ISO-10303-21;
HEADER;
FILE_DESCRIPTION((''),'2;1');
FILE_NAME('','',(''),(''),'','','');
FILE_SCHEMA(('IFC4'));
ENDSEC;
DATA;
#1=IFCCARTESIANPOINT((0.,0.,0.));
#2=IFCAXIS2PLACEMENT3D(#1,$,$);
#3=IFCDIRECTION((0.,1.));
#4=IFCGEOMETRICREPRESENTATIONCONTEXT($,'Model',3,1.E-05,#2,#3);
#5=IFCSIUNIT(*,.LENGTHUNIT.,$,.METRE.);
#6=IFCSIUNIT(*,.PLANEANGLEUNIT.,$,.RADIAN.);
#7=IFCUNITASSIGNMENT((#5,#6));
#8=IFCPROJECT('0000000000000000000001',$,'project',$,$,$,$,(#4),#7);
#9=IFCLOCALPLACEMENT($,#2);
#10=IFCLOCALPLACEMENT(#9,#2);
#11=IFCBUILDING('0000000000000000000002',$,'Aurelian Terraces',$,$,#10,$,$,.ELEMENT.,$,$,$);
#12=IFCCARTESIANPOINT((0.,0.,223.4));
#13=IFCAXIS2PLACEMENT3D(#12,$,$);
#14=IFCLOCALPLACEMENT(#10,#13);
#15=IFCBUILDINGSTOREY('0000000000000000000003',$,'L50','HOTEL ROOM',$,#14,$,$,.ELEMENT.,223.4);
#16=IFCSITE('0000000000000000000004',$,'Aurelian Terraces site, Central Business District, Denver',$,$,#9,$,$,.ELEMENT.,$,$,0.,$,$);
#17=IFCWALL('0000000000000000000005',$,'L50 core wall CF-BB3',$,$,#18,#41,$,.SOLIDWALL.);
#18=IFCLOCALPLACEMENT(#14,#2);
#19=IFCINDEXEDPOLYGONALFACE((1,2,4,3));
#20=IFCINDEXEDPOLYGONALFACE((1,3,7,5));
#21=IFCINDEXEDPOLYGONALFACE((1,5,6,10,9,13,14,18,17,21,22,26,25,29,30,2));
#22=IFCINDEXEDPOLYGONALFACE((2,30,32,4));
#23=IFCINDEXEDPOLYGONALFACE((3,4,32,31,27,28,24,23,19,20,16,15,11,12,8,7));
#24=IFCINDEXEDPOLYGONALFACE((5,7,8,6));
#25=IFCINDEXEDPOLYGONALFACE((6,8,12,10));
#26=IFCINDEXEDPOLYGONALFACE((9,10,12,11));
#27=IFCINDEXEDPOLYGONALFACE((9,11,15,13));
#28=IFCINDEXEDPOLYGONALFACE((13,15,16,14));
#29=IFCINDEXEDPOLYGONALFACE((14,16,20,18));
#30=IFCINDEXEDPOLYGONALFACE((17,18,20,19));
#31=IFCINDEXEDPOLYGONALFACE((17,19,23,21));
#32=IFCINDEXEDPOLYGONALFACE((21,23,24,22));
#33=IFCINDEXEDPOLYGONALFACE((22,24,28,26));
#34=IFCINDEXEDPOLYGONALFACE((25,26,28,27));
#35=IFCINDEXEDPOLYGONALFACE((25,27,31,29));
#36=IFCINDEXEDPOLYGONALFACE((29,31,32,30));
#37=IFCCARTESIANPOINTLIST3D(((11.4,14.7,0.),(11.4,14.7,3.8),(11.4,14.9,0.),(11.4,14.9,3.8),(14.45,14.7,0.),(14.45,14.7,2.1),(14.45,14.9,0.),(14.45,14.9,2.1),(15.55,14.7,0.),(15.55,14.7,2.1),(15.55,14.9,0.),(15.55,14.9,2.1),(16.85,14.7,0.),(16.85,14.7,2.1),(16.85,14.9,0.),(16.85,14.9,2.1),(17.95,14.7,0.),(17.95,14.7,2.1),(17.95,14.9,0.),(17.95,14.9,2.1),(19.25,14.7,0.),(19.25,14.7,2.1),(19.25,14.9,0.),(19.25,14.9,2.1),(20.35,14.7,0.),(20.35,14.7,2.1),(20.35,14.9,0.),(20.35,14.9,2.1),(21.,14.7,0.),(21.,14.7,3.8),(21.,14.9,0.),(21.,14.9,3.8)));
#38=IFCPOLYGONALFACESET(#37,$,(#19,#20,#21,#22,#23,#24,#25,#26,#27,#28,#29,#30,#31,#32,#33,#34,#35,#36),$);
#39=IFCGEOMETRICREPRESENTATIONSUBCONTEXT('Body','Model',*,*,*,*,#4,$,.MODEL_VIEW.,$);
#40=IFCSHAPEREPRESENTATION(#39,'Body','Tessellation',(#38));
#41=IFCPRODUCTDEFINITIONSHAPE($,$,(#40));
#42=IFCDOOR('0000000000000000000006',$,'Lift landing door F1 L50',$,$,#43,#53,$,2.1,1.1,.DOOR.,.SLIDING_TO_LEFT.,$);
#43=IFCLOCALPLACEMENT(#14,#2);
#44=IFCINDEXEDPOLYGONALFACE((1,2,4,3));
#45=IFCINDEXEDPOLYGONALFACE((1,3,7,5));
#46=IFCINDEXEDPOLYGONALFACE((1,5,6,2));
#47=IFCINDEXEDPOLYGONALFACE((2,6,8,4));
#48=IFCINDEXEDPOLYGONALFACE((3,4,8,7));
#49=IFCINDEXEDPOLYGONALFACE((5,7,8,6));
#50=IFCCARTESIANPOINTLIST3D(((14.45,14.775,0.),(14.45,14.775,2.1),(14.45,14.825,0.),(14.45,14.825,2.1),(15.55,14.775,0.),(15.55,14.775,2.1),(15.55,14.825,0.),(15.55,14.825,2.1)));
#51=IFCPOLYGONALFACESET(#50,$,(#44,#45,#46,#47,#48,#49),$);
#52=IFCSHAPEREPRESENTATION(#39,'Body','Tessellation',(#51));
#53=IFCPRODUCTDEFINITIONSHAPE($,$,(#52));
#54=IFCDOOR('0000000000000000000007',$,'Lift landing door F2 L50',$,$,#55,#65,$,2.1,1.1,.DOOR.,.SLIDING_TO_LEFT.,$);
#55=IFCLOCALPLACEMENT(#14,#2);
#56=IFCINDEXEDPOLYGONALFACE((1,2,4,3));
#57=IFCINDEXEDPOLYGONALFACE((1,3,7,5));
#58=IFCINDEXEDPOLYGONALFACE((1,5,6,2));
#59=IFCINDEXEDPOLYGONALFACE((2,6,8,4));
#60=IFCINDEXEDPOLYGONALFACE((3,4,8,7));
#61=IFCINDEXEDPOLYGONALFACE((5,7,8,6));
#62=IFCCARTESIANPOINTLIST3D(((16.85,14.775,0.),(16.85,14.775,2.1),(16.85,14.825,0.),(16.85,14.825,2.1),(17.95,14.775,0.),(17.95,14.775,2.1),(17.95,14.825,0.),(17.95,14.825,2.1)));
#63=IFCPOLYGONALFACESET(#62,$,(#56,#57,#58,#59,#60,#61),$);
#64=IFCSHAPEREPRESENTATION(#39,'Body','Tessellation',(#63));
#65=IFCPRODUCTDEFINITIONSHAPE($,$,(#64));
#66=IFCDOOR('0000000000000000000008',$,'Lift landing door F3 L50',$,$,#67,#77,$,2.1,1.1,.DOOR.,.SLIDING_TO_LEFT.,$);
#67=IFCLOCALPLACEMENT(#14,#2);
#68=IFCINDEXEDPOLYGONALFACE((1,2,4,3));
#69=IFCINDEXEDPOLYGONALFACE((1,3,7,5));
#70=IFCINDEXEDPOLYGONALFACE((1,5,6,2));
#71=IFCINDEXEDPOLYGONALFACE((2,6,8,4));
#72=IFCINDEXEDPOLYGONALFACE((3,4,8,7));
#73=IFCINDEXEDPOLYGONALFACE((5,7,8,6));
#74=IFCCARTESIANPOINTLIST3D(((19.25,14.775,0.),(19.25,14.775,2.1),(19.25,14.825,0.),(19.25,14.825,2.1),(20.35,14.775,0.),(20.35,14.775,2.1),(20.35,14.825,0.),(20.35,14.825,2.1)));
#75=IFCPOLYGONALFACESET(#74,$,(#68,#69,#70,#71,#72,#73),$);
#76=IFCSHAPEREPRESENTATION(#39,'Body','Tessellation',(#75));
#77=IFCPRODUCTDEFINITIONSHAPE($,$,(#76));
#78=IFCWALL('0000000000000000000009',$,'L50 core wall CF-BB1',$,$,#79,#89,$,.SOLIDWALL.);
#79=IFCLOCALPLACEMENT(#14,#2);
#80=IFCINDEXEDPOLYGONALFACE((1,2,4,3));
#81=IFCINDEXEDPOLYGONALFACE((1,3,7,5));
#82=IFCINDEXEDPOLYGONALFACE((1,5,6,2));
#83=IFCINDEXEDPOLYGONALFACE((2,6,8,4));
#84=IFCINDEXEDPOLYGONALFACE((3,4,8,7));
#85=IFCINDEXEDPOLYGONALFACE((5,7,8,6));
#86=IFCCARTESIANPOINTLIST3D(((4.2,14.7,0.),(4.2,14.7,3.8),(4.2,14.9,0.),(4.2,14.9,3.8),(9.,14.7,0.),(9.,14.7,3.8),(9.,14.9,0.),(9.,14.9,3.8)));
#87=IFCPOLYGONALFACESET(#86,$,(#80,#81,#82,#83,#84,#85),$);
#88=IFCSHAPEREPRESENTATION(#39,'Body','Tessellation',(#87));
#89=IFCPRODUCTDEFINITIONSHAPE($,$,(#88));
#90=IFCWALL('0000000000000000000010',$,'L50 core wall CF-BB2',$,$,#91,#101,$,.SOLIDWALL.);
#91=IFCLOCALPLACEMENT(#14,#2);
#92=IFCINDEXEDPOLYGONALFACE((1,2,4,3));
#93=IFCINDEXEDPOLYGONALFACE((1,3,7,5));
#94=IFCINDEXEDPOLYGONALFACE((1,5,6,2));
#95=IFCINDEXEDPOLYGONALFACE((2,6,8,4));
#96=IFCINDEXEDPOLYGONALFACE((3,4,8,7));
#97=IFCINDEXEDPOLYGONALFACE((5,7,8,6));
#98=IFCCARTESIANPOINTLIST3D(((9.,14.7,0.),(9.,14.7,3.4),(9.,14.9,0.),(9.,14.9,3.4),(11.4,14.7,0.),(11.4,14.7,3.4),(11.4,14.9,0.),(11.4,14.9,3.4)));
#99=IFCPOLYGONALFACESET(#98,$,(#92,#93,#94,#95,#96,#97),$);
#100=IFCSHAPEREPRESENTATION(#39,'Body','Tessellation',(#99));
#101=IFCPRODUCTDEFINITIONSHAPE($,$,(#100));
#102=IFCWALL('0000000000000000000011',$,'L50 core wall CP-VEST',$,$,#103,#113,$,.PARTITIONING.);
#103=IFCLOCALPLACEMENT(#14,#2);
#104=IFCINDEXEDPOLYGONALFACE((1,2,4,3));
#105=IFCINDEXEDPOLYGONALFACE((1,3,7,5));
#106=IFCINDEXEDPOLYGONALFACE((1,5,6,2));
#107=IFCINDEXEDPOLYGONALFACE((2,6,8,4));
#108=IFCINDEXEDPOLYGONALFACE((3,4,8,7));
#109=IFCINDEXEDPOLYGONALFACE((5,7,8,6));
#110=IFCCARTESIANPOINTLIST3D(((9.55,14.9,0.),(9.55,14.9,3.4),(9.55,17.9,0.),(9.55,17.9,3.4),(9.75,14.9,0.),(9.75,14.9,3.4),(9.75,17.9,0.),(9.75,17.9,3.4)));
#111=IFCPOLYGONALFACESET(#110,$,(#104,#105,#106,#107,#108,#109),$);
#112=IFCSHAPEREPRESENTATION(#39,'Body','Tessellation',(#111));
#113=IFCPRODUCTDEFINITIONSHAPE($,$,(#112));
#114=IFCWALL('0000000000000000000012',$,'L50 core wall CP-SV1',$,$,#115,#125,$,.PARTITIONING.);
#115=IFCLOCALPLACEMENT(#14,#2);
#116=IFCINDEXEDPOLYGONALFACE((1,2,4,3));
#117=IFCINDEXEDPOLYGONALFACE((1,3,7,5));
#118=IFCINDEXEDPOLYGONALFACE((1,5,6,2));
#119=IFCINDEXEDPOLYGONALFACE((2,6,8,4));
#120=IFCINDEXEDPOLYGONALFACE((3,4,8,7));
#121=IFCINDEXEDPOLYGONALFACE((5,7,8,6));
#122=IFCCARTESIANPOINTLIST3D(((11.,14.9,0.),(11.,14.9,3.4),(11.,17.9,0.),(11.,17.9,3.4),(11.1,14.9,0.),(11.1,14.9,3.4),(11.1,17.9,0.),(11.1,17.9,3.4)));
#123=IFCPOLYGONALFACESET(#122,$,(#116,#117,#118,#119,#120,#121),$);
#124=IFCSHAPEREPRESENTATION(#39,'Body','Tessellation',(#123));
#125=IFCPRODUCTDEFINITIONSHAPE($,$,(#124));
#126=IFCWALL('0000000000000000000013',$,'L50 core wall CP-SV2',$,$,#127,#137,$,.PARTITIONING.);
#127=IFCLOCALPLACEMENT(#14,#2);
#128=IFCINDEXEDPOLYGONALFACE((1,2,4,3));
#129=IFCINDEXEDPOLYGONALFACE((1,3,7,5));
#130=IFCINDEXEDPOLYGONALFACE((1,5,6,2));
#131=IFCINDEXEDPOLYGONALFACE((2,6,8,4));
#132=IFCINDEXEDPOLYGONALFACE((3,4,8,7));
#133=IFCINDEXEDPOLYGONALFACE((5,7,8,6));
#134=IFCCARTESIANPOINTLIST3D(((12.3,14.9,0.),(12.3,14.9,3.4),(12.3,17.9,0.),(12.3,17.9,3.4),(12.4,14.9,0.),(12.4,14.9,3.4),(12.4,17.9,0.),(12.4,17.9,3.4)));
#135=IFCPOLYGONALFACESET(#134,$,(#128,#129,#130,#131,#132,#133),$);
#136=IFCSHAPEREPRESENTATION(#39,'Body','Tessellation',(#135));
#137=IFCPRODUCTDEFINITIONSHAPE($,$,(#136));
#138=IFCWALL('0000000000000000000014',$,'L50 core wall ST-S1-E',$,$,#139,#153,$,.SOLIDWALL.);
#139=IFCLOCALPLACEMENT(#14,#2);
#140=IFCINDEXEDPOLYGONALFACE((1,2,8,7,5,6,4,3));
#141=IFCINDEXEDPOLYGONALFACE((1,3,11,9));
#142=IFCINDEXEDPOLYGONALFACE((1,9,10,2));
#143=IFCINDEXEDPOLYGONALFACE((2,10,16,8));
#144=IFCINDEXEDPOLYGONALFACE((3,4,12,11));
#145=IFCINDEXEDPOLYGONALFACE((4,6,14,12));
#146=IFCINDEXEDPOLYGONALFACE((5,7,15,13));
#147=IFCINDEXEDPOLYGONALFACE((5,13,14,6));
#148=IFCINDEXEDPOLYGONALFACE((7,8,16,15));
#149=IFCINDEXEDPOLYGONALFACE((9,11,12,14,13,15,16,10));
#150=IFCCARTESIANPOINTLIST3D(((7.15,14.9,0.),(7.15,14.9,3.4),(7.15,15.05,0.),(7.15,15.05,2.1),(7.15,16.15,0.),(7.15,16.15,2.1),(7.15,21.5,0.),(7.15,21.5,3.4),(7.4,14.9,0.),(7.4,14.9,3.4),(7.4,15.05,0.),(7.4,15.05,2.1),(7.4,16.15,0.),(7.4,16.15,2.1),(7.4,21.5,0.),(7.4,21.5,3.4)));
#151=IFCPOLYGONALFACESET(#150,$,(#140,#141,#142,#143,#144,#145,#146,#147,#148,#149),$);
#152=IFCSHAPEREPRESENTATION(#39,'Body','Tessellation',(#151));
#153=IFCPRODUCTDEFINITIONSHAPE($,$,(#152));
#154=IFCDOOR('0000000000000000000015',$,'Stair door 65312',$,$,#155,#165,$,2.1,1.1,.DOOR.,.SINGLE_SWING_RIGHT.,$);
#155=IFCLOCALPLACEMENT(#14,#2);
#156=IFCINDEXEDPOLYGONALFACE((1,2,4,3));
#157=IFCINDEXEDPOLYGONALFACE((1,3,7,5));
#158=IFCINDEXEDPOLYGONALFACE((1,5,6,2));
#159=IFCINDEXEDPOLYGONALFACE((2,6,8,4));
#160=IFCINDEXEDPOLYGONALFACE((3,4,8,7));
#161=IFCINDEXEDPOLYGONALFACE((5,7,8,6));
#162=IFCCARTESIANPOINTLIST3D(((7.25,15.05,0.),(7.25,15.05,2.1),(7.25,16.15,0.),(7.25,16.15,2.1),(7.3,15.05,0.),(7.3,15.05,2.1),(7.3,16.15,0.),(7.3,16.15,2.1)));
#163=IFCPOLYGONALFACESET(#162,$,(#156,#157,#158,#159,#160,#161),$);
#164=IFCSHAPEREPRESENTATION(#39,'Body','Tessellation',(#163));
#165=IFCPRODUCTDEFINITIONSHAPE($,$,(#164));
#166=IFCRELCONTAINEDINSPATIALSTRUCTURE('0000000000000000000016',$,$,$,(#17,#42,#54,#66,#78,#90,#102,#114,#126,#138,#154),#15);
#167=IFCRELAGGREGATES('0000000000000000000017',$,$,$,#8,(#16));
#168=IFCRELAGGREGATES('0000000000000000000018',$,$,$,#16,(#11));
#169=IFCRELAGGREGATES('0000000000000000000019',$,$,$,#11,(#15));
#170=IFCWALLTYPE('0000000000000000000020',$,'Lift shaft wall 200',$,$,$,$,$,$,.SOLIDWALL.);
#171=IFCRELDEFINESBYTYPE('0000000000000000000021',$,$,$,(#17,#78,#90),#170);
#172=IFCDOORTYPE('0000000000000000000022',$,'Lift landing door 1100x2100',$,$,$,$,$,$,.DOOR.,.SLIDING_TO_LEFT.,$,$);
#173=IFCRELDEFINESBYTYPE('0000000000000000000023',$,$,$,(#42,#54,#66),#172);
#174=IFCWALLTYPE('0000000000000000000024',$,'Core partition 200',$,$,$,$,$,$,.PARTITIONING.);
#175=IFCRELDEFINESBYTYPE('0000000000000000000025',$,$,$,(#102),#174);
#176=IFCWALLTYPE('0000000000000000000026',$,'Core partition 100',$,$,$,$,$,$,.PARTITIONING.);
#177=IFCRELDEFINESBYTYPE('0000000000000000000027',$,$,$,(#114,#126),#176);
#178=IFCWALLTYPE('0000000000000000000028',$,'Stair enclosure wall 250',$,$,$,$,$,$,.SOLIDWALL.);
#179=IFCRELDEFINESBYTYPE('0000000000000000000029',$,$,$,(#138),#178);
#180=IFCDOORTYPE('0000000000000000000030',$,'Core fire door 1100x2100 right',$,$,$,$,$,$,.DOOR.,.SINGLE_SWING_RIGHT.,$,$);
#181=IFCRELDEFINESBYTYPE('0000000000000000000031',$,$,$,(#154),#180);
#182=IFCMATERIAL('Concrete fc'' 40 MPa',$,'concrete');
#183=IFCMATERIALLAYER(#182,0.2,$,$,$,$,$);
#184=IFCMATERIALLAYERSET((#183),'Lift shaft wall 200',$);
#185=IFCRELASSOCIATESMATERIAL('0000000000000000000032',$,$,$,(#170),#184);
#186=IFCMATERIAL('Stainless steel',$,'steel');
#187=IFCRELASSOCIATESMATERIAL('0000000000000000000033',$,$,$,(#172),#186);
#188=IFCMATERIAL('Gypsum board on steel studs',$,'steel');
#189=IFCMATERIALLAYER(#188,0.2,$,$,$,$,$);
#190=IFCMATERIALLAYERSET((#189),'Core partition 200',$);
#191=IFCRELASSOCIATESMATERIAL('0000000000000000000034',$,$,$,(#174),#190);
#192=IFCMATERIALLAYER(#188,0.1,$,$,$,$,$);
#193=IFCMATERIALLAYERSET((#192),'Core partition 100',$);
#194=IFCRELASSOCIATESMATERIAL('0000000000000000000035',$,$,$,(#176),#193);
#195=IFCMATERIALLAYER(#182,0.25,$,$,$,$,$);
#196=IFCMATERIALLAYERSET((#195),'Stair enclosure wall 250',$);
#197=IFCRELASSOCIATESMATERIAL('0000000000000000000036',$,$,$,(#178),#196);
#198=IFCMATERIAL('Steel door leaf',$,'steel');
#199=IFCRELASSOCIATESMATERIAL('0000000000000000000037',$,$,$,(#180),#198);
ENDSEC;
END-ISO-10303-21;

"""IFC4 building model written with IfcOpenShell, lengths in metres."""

from ifc_helpers import new_model, si_unit, direction, frame, frame_2d, origin, place, context, subcontext, project, spatial, rectangle, extrude, source, transform, mapped, material, layer, layer_set, type_object, element, fill, save


model = new_model("IFC4")

# Units and contexts
model_context = context("Model", 3, precision=1e-05, world=origin(), true_north=direction((0.0, 1.0)))
body_context = subcontext(model_context, "Body", "Model", "MODEL_VIEW")
ifc_project = project(units=[si_unit("LENGTHUNIT", "METRE"), si_unit("PLANEANGLEUNIT", "RADIAN")], contexts=[model_context])

# Site, building, storey
site_placement = place(None, origin())
site = spatial("IfcSite", under=ifc_project, at=site_placement, Name="Aurelian Terraces site, Central Business District, Denver", CompositionType="ELEMENT", RefElevation=0.0)
building_placement = place(site_placement, origin())
building = spatial("IfcBuilding", under=site, at=building_placement, Name="Aurelian Terraces", CompositionType="ELEMENT")
storey_placement = place(building_placement, frame((0.0, 0.0, 223.4)))
storey = spatial("IfcBuildingStorey", under=building, at=storey_placement, Name="L50", Description="HOTEL ROOM", CompositionType="ELEMENT", Elevation=223.4)

# Wall, openings, doors
ifc_material_1 = material(Name="Concrete fc' 40 MPa", Category="concrete")
ifc_layer_1 = layer(ifc_material_1, 0.2)
ifc_layer_set_1 = layer_set([ifc_layer_1], Name="Lift shaft wall 200")
wall_type_1 = type_object("IfcWallType", Name="Lift shaft wall 200", PredefinedType="SOLIDWALL", material=ifc_layer_set_1)
shared_shape_1 = source(origin(), body_context, "Body", "SweptSolid", [
    extrude(rectangle(XDim=9.6, YDim=0.2, at=frame_2d((4.8, 0.0))), origin(), (0.0, 0.0, 1.0), 3.8),
])
wall_1_placement = place(storey_placement, frame((11.4, 14.8, 0.0), z_axis=(0.0, 0.0, 1.0), x_axis=(1.0, 0.0, 0.0)))
wall_1 = element("IfcWall", 1, at=wall_1_placement, inside=storey, type_object=wall_type_1, Name="L50 core wall CF-BB3", PredefinedType="SOLIDWALL", context=body_context, shape_type="MappedRepresentation", body=[
    mapped(shared_shape_1, transform((0.0, 0.0, 0.0), scale=1.0)),
])
shared_shape_2 = source(origin(), body_context, "Body", "SweptSolid", [
    extrude(rectangle(XDim=1.1, YDim=2.1, at=frame_2d((0.55, 1.05))), frame((0.0, 0.11, 0.0), z_axis=(0.0, -1.0, 0.0), x_axis=(1.0, 0.0, 0.0)), (0.0, 0.0, 1.0), 0.22),
])
opening_1_placement = place(wall_1_placement, frame((3.05, 0.0, 0.0)))
opening_1 = element("IfcOpeningElement", 2, at=opening_1_placement, cuts=wall_1, PredefinedType="OPENING", context=body_context, shape_type="MappedRepresentation", body=[
    mapped(shared_shape_2, transform((0.0, 0.0, 0.0), scale=1.0)),
])
opening_2_placement = place(wall_1_placement, frame((5.45, 0.0, 0.0)))
opening_2 = element("IfcOpeningElement", 3, at=opening_2_placement, cuts=wall_1, PredefinedType="OPENING", context=body_context, shape_type="MappedRepresentation", body=[
    mapped(shared_shape_2, transform((0.0, 0.0, 0.0), scale=1.0)),
])
opening_3_placement = place(wall_1_placement, frame((7.85, 0.0, 0.0)))
opening_3 = element("IfcOpeningElement", 4, at=opening_3_placement, cuts=wall_1, PredefinedType="OPENING", context=body_context, shape_type="MappedRepresentation", body=[
    mapped(shared_shape_2, transform((0.0, 0.0, 0.0), scale=1.0)),
])
ifc_material_2 = material(Name="Stainless steel", Category="steel")
door_type_1 = type_object("IfcDoorType", Name="Lift landing door 1100x2100", OperationType="SLIDING_TO_LEFT", PredefinedType="DOOR", material=ifc_material_2)
shared_shape_3 = source(origin(), body_context, "Body", "SweptSolid", [
    extrude(rectangle(XDim=1.1, YDim=2.1, at=frame_2d((0.55, 1.05))), frame((0.0, 0.025, 0.0), z_axis=(0.0, -1.0, 0.0), x_axis=(1.0, 0.0, 0.0)), (0.0, 0.0, 1.0), 0.05),
])
door_1_placement = place(opening_1_placement, origin())
door_1 = element("IfcDoor", 5, at=door_1_placement, inside=storey, type_object=door_type_1, Name="Lift landing door F1 L50", OperationType="SLIDING_TO_LEFT", OverallHeight=2.1, OverallWidth=1.1, PredefinedType="DOOR", context=body_context, shape_type="MappedRepresentation", body=[
    mapped(shared_shape_3, transform((0.0, 0.0, 0.0), scale=1.0)),
])
fill(opening_1, door_1)
door_2_placement = place(opening_2_placement, origin())
door_2 = element("IfcDoor", 6, at=door_2_placement, inside=storey, type_object=door_type_1, Name="Lift landing door F2 L50", OperationType="SLIDING_TO_LEFT", OverallHeight=2.1, OverallWidth=1.1, PredefinedType="DOOR", context=body_context, shape_type="MappedRepresentation", body=[
    mapped(shared_shape_3, transform((0.0, 0.0, 0.0), scale=1.0)),
])
fill(opening_2, door_2)
door_3_placement = place(opening_3_placement, origin())
door_3 = element("IfcDoor", 7, at=door_3_placement, inside=storey, type_object=door_type_1, Name="Lift landing door F3 L50", OperationType="SLIDING_TO_LEFT", OverallHeight=2.1, OverallWidth=1.1, PredefinedType="DOOR", context=body_context, shape_type="MappedRepresentation", body=[
    mapped(shared_shape_3, transform((0.0, 0.0, 0.0), scale=1.0)),
])
fill(opening_3, door_3)

# Walls
shared_shape_4 = source(origin(), body_context, "Body", "SweptSolid", [
    extrude(rectangle(XDim=4.8, YDim=0.2, at=frame_2d((2.4, 0.0))), origin(), (0.0, 0.0, 1.0), 3.8),
])
wall_2_placement = place(storey_placement, frame((4.2, 14.8, 0.0), z_axis=(0.0, 0.0, 1.0), x_axis=(1.0, 0.0, 0.0)))
element("IfcWall", 8, at=wall_2_placement, inside=storey, type_object=wall_type_1, Name="L50 core wall CF-BB1", PredefinedType="SOLIDWALL", context=body_context, shape_type="MappedRepresentation", body=[
    mapped(shared_shape_4, transform((0.0, 0.0, 0.0), scale=1.0)),
])
shared_shape_5 = source(origin(), body_context, "Body", "SweptSolid", [
    extrude(rectangle(XDim=2.4, YDim=0.2, at=frame_2d((1.2, 0.0))), origin(), (0.0, 0.0, 1.0), 3.4),
])
wall_3_placement = place(storey_placement, frame((9.0, 14.8, 0.0), z_axis=(0.0, 0.0, 1.0), x_axis=(1.0, 0.0, 0.0)))
element("IfcWall", 9, at=wall_3_placement, inside=storey, type_object=wall_type_1, Name="L50 core wall CF-BB2", PredefinedType="SOLIDWALL", context=body_context, shape_type="MappedRepresentation", body=[
    mapped(shared_shape_5, transform((0.0, 0.0, 0.0), scale=1.0)),
])
ifc_material_3 = material(Name="Gypsum board on steel studs", Category="steel")
ifc_layer_2 = layer(ifc_material_3, 0.2)
ifc_layer_set_2 = layer_set([ifc_layer_2], Name="Core partition 200")
wall_type_2 = type_object("IfcWallType", Name="Core partition 200", PredefinedType="PARTITIONING", material=ifc_layer_set_2)
shared_shape_6 = source(origin(), body_context, "Body", "SweptSolid", [
    extrude(rectangle(XDim=3.0, YDim=0.2, at=frame_2d((1.5, 0.0))), origin(), (0.0, 0.0, 1.0), 3.4),
])
wall_4_placement = place(storey_placement, frame((9.65, 14.9, 0.0), z_axis=(0.0, 0.0, 1.0), x_axis=(0.0, 1.0, 0.0)))
element("IfcWall", 10, at=wall_4_placement, inside=storey, type_object=wall_type_2, Name="L50 core wall CP-VEST", PredefinedType="PARTITIONING", context=body_context, shape_type="MappedRepresentation", body=[
    mapped(shared_shape_6, transform((0.0, 0.0, 0.0), scale=1.0)),
])
ifc_layer_3 = layer(ifc_material_3, 0.1)
ifc_layer_set_3 = layer_set([ifc_layer_3], Name="Core partition 100")
wall_type_3 = type_object("IfcWallType", Name="Core partition 100", PredefinedType="PARTITIONING", material=ifc_layer_set_3)
shared_shape_7 = source(origin(), body_context, "Body", "SweptSolid", [
    extrude(rectangle(XDim=3.0, YDim=0.1, at=frame_2d((1.5, 0.0))), origin(), (0.0, 0.0, 1.0), 3.4),
])
for number, where, z_axis, x_axis, name in (
    (11, (11.05, 14.9, 0.0), (0.0, 0.0, 1.0), (0.0, 1.0, 0.0), "L50 core wall CP-SV1"),
    (12, (12.35, 14.9, 0.0), (0.0, 0.0, 1.0), (0.0, 1.0, 0.0), "L50 core wall CP-SV2"),
):
    element("IfcWall", number, at=place(storey_placement, frame(where, z_axis=z_axis, x_axis=x_axis)), inside=storey, type_object=wall_type_3, Name=name, PredefinedType="PARTITIONING", context=body_context, shape_type="MappedRepresentation", body=[
        mapped(shared_shape_7, transform((0.0, 0.0, 0.0), scale=1.0)),
    ])

# Wall, opening, door
ifc_layer_4 = layer(ifc_material_1, 0.25)
ifc_layer_set_4 = layer_set([ifc_layer_4], Name="Stair enclosure wall 250")
wall_type_4 = type_object("IfcWallType", Name="Stair enclosure wall 250", PredefinedType="SOLIDWALL", material=ifc_layer_set_4)
shared_shape_8 = source(origin(), body_context, "Body", "SweptSolid", [
    extrude(rectangle(XDim=6.6, YDim=0.25, at=frame_2d((3.3, 0.0))), origin(), (0.0, 0.0, 1.0), 3.4),
])
wall_5_placement = place(storey_placement, frame((7.275, 14.9, 0.0), z_axis=(0.0, 0.0, 1.0), x_axis=(0.0, 1.0, 0.0)))
wall_5 = element("IfcWall", 13, at=wall_5_placement, inside=storey, type_object=wall_type_4, Name="L50 core wall ST-S1-E", PredefinedType="SOLIDWALL", context=body_context, shape_type="MappedRepresentation", body=[
    mapped(shared_shape_8, transform((0.0, 0.0, 0.0), scale=1.0)),
])
shared_shape_9 = source(origin(), body_context, "Body", "SweptSolid", [
    extrude(rectangle(XDim=1.1, YDim=2.1, at=frame_2d((0.55, 1.05))), frame((0.0, 0.135, 0.0), z_axis=(0.0, -1.0, 0.0), x_axis=(1.0, 0.0, 0.0)), (0.0, 0.0, 1.0), 0.27),
])
opening_4_placement = place(wall_5_placement, frame((0.15, 0.0, 0.0)))
opening_4 = element("IfcOpeningElement", 14, at=opening_4_placement, cuts=wall_5, PredefinedType="OPENING", context=body_context, shape_type="MappedRepresentation", body=[
    mapped(shared_shape_9, transform((0.0, 0.0, 0.0), scale=1.0)),
])
ifc_material_4 = material(Name="Steel door leaf", Category="steel")
door_type_2 = type_object("IfcDoorType", Name="Core fire door 1100x2100 right", OperationType="SINGLE_SWING_RIGHT", PredefinedType="DOOR", material=ifc_material_4)
door_4_placement = place(opening_4_placement, origin())
door_4 = element("IfcDoor", 15, at=door_4_placement, inside=storey, type_object=door_type_2, Name="Stair door 65312", OperationType="SINGLE_SWING_RIGHT", OverallHeight=2.1, OverallWidth=1.1, PredefinedType="DOOR", context=body_context, shape_type="MappedRepresentation", body=[
    mapped(shared_shape_3, transform((0.0, 0.0, 0.0), scale=1.0)),
])
fill(opening_4, door_4)

save(model, "model.ifc")
